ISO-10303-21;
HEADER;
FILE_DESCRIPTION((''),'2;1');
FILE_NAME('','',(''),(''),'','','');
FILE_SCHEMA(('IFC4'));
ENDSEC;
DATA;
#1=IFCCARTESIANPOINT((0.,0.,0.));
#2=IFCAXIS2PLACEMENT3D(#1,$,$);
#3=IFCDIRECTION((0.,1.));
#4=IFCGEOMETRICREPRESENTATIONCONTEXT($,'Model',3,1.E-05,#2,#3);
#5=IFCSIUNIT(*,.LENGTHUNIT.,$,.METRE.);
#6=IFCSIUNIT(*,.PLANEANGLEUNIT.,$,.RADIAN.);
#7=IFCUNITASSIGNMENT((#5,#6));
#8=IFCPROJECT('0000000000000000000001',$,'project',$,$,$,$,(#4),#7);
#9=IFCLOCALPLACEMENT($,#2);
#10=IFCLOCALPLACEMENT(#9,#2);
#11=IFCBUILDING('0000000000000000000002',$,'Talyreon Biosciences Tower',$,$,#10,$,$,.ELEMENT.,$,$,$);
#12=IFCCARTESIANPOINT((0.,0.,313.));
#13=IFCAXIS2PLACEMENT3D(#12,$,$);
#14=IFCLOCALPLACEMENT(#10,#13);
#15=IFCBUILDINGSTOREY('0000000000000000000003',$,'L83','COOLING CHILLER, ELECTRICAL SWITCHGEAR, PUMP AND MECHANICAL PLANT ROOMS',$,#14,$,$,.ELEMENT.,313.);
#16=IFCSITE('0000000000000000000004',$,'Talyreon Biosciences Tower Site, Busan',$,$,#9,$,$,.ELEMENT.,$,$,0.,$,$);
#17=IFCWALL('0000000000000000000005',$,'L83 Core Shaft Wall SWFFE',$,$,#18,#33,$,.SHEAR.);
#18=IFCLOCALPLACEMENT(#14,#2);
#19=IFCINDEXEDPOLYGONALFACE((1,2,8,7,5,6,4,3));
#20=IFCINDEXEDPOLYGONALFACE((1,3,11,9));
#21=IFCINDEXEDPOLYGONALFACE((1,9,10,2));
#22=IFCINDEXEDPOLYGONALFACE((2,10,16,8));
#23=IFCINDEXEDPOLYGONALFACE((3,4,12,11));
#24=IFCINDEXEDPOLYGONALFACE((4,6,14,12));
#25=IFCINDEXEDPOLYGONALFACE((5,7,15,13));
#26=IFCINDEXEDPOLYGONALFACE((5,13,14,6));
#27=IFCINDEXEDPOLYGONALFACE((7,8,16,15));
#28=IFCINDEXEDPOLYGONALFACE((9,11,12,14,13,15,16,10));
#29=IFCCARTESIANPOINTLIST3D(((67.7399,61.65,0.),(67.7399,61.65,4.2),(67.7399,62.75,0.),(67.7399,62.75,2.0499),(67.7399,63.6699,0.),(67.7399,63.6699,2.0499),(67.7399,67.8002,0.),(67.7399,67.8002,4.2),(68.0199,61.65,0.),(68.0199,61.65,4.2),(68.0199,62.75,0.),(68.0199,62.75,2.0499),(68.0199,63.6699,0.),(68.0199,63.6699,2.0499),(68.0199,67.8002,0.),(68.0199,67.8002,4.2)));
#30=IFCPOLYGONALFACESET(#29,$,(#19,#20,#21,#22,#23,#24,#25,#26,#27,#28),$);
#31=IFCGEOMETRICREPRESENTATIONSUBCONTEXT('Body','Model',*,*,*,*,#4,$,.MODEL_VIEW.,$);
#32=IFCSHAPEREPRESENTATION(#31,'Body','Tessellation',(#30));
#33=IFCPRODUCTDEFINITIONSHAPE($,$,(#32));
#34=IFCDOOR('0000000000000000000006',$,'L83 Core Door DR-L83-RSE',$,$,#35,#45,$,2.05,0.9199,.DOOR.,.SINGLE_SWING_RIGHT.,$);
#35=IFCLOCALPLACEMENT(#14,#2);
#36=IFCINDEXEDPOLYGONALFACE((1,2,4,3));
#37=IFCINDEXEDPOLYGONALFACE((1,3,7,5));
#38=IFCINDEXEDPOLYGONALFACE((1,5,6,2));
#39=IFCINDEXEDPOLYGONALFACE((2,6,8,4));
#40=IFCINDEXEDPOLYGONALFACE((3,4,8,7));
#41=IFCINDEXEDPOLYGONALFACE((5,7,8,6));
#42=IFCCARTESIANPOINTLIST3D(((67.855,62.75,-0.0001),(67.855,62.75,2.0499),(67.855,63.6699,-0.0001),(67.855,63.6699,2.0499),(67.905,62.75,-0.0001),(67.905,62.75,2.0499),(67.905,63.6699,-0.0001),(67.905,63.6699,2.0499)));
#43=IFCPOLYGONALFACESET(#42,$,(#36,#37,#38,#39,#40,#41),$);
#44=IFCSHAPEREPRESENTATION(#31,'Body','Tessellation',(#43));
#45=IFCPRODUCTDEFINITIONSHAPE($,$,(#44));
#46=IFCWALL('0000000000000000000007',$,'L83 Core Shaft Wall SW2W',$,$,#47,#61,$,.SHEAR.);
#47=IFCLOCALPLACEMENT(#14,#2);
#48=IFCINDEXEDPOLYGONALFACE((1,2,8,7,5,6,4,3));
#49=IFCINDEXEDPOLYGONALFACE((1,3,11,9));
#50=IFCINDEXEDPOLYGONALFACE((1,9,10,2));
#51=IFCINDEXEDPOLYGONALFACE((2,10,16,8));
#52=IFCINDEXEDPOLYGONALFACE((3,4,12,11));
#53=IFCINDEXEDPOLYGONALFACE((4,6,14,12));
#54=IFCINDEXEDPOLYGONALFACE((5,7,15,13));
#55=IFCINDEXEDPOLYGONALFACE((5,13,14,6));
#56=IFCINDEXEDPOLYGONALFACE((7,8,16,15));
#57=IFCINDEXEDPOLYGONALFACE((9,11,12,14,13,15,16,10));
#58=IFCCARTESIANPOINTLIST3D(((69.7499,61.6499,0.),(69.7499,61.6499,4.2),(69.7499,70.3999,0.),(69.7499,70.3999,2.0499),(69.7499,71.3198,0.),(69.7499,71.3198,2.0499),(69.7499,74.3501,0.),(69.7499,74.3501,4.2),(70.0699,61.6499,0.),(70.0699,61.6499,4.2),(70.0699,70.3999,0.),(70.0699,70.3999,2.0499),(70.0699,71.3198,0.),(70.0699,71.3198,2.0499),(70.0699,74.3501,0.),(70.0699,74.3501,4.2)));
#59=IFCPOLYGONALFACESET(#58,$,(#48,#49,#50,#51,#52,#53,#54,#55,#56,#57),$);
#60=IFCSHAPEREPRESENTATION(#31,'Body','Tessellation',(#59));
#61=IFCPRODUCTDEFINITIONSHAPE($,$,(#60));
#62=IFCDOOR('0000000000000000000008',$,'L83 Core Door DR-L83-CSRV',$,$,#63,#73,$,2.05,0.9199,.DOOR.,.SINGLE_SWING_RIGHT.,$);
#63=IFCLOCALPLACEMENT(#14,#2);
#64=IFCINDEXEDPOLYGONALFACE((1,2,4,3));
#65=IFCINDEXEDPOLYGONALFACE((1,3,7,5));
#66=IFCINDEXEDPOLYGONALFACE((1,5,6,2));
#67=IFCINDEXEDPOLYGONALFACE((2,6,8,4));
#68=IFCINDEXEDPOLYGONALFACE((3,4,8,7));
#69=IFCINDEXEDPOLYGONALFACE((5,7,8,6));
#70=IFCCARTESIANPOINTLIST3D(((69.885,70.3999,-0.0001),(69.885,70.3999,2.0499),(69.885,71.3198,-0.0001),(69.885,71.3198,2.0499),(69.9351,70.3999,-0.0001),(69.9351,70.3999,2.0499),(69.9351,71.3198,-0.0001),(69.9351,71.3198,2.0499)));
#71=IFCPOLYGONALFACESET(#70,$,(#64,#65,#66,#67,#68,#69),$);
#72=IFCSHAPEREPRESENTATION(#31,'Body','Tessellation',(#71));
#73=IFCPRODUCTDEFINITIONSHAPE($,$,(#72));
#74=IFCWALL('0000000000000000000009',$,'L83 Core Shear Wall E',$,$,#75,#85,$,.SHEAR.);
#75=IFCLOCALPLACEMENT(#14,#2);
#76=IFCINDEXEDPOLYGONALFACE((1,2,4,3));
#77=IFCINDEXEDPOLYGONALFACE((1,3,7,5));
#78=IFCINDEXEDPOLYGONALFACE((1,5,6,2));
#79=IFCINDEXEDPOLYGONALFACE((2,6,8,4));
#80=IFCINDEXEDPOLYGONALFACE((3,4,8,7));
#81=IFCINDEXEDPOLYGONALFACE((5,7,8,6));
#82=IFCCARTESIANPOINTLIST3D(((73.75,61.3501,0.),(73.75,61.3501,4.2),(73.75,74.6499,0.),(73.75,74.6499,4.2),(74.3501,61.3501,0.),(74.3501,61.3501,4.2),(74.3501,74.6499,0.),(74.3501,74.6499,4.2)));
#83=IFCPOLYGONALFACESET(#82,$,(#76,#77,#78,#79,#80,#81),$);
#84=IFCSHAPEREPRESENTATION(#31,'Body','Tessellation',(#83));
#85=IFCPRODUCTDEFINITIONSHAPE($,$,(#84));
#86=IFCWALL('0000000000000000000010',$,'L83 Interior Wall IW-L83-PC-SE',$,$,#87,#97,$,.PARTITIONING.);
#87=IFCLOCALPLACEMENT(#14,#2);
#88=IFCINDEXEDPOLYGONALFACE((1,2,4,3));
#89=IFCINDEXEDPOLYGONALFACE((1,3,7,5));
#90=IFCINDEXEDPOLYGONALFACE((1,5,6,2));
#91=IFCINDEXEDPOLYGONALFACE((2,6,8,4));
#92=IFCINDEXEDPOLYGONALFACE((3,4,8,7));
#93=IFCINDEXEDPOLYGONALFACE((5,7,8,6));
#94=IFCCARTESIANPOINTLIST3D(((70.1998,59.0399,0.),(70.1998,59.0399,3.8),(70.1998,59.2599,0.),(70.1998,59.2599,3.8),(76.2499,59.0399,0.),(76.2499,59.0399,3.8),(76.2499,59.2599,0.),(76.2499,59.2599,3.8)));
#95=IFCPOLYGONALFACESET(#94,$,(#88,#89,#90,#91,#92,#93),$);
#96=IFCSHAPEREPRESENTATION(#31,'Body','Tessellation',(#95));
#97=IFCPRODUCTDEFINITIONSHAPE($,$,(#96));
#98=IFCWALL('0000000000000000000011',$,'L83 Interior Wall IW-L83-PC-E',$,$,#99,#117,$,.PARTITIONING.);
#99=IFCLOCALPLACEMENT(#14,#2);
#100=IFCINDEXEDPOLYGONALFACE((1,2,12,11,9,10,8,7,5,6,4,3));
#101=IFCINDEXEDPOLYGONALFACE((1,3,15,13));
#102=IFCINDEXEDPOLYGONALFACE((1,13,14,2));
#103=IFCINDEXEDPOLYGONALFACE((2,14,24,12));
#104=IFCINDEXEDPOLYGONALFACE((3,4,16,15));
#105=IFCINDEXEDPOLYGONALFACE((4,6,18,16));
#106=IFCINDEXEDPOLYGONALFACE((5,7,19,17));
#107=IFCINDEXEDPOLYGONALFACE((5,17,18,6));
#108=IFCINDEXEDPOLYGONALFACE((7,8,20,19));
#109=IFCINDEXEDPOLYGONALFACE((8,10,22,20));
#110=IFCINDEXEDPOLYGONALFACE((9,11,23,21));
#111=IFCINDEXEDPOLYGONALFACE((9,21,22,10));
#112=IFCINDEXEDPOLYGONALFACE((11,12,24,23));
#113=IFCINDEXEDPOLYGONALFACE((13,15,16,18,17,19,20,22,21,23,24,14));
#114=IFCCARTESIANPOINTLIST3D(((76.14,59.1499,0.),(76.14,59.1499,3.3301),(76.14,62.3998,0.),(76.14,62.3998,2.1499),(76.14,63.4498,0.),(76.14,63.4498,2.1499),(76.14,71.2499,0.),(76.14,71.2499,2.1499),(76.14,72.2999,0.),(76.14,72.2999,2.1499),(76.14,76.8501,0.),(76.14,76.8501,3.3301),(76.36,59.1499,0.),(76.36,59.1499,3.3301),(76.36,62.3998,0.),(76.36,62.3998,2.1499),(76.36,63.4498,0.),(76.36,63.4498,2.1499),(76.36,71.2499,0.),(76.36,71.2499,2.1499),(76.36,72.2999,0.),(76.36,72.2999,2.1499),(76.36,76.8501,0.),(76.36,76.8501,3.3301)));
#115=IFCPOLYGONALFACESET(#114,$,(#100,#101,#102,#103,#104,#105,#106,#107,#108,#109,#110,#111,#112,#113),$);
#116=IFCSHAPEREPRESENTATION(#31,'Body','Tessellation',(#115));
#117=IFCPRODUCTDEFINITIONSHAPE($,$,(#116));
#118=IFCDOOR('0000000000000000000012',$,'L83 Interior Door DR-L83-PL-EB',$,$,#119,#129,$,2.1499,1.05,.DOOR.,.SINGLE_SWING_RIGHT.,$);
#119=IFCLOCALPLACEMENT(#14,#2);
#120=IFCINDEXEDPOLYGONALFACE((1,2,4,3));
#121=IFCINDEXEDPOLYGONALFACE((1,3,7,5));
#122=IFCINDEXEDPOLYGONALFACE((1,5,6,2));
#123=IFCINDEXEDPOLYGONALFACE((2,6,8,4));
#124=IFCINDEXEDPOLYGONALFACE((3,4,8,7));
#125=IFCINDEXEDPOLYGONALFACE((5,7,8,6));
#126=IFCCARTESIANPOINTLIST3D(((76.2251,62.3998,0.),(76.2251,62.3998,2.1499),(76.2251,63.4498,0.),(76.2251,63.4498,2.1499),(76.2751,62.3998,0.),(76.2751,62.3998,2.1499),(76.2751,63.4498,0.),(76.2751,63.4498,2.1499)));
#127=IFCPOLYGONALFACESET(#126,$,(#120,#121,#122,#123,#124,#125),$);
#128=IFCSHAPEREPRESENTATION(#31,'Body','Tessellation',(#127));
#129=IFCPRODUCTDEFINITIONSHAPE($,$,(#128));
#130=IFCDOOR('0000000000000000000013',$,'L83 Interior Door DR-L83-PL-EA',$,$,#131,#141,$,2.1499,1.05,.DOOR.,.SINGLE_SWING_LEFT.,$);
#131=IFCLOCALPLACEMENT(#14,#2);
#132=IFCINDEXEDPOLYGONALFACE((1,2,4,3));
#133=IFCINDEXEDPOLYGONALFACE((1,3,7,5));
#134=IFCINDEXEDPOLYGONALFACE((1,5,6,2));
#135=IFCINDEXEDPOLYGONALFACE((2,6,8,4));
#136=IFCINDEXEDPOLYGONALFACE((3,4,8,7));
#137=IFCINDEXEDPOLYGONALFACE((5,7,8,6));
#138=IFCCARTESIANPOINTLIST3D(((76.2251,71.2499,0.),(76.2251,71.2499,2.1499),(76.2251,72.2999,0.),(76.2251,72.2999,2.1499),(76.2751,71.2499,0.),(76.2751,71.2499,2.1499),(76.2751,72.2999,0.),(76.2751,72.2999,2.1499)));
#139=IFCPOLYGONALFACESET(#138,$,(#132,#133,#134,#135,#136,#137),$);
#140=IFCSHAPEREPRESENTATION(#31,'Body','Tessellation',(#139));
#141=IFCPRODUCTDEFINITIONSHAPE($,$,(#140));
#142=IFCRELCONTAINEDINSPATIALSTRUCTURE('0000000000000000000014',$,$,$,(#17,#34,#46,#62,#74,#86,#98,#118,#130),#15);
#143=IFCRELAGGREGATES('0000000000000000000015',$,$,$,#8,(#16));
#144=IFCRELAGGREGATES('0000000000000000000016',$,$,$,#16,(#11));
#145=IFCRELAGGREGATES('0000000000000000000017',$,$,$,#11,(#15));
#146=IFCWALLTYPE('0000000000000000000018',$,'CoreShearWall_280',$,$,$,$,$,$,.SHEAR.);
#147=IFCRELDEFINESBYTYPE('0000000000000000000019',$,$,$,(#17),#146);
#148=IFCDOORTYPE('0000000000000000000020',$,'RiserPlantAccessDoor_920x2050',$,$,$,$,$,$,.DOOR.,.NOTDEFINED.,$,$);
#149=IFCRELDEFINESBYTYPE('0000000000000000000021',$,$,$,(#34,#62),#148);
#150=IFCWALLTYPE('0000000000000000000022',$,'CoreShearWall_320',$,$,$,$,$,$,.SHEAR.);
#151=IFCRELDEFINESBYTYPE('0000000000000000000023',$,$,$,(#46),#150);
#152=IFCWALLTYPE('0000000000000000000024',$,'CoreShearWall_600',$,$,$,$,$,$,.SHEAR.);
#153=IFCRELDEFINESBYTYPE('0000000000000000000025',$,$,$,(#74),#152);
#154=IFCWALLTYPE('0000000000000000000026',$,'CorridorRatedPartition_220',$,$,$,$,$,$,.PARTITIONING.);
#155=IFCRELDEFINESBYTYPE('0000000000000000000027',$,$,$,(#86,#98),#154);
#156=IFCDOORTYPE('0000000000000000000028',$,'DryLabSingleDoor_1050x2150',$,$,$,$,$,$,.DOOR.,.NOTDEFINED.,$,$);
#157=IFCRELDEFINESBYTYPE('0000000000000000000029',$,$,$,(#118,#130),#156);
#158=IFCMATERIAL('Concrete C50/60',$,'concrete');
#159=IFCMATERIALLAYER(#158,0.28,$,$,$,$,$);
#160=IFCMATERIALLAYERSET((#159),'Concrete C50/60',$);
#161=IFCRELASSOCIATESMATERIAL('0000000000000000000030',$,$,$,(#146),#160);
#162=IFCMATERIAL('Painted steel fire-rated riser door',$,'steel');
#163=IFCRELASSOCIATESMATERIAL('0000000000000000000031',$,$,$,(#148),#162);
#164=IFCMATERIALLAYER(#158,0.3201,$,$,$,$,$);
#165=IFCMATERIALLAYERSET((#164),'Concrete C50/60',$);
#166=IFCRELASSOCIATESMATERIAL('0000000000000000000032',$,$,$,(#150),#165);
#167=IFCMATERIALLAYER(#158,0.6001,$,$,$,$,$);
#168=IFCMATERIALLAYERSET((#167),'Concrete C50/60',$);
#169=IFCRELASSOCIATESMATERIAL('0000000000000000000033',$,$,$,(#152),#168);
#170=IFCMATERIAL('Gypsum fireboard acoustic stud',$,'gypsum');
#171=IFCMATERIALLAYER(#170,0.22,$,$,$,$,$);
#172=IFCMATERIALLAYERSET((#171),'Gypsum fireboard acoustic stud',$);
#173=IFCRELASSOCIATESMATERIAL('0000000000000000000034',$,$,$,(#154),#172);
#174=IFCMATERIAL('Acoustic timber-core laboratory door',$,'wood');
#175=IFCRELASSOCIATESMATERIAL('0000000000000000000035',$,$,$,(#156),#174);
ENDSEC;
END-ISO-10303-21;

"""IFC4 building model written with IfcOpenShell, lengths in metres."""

from ifc_helpers import new_model, si_unit, direction, frame, frame_2d, origin, place, context, subcontext, project, spatial, rectangle, extrude, material, layer, layer_set, type_object, element, fill, save


model = new_model("IFC4")

# Units and contexts
model_context = context("Model", 3, precision=1e-05, world=origin(), true_north=direction((0.0, 1.0)))
body_context = subcontext(model_context, "Body", "Model", "MODEL_VIEW")
ifc_project = project(units=[si_unit("LENGTHUNIT", "METRE"), si_unit("PLANEANGLEUNIT", "RADIAN")], contexts=[model_context])

# Site, building, storey
site_placement = place(None, origin())
site = spatial("IfcSite", under=ifc_project, at=site_placement, Name="Talyreon Biosciences Tower Site, Busan", CompositionType="ELEMENT", RefElevation=0.0)
building_placement = place(site_placement, origin())
building = spatial("IfcBuilding", under=site, at=building_placement, Name="Talyreon Biosciences Tower", CompositionType="ELEMENT")
storey_placement = place(building_placement, frame((0.0, 0.0, 313.0)))
storey = spatial("IfcBuildingStorey", under=building, at=storey_placement, Name="L83", Description="COOLING CHILLER, ELECTRICAL SWITCHGEAR, PUMP AND MECHANICAL PLANT ROOMS", CompositionType="ELEMENT", Elevation=313.0)

# Shared definitions
ifc_material_1 = material(Name="Concrete C50/60", Category="concrete")

# Shared definitions
ifc_layer_1 = layer(ifc_material_1, 0.28)
ifc_layer_set_1 = layer_set([ifc_layer_1], Name="Concrete C50/60")
wall_type_1 = type_object("IfcWallType", Name="CoreShearWall_280", PredefinedType="SHEAR", material=ifc_layer_set_1)

# Walls, openings, doors
wall_1_placement = place(storey_placement, frame((67.8799, 61.6499, 0.0), z_axis=(0.0, 0.0, 1.0), x_axis=(0.0, 1.0, 0.0)))
wall_1 = element("IfcWall", 1, at=wall_1_placement, inside=storey, type_object=wall_type_1, Name="L83 Core Shaft Wall SWFFE", PredefinedType="SHEAR", context=body_context, shape_type="SweptSolid", body=[
    extrude(rectangle(XDim=6.1501, YDim=0.28, at=frame_2d((3.0752, 0.0))), origin(), (0.0, 0.0, 1.0), 4.2),
])
opening_1_placement = place(wall_1_placement, frame((1.1001, 0.0, 0.0)))
opening_1 = element("IfcOpeningElement", 2, at=opening_1_placement, cuts=wall_1, PredefinedType="OPENING", context=body_context, shape_type="SweptSolid", body=[
    extrude(rectangle(XDim=0.9199, YDim=2.05, at=frame_2d((0.46, 1.0249))), frame((0.0, 0.1499, 0.0), z_axis=(0.0, -1.0, 0.0), x_axis=(1.0, 0.0, 0.0)), (0.0, 0.0, 1.0), 0.3),
])
ifc_material_2 = material(Name="Painted steel fire-rated riser door", Category="steel")
door_type_1 = type_object("IfcDoorType", Name="RiserPlantAccessDoor_920x2050", OperationType="NOTDEFINED", PredefinedType="DOOR", material=ifc_material_2)
door_1_placement = place(opening_1_placement, origin())
door_1 = element("IfcDoor", 3, at=door_1_placement, inside=storey, type_object=door_type_1, Name="L83 Core Door DR-L83-RSE", OperationType="SINGLE_SWING_RIGHT", OverallHeight=2.05, OverallWidth=0.9199, PredefinedType="DOOR", context=body_context, shape_type="SweptSolid", body=[
    extrude(rectangle(XDim=0.9199, YDim=2.05, at=frame_2d((0.46, 1.0249))), frame((0.0, 0.0249, 0.0), z_axis=(0.0, -1.0, 0.0), x_axis=(1.0, 0.0, 0.0)), (0.0, 0.0, 1.0), 0.05),
])
fill(opening_1, door_1)
ifc_layer_2 = layer(ifc_material_1, 0.3201)
ifc_layer_set_2 = layer_set([ifc_layer_2], Name="Concrete C50/60")
wall_type_2 = type_object("IfcWallType", Name="CoreShearWall_320", PredefinedType="SHEAR", material=ifc_layer_set_2)
wall_2_placement = place(storey_placement, frame((69.9099, 61.6499, 0.0), z_axis=(0.0, 0.0, 1.0), x_axis=(0.0, 1.0, 0.0)))
wall_2 = element("IfcWall", 4, at=wall_2_placement, inside=storey, type_object=wall_type_2, Name="L83 Core Shaft Wall SW2W", PredefinedType="SHEAR", context=body_context, shape_type="SweptSolid", body=[
    extrude(rectangle(XDim=12.7002, YDim=0.3201, at=frame_2d((6.3501, 0.0))), origin(), (0.0, 0.0, 1.0), 4.2),
])
opening_2_placement = place(wall_2_placement, frame((8.75, 0.0, 0.0)))
opening_2 = element("IfcOpeningElement", 5, at=opening_2_placement, cuts=wall_2, PredefinedType="OPENING", context=body_context, shape_type="SweptSolid", body=[
    extrude(rectangle(XDim=0.9199, YDim=2.05, at=frame_2d((0.46, 1.0249))), frame((0.0, 0.1699, 0.0), z_axis=(0.0, -1.0, 0.0), x_axis=(1.0, 0.0, 0.0)), (0.0, 0.0, 1.0), 0.3401),
])
door_2_placement = place(opening_2_placement, origin())
door_2 = element("IfcDoor", 6, at=door_2_placement, inside=storey, type_object=door_type_1, Name="L83 Core Door DR-L83-CSRV", OperationType="SINGLE_SWING_RIGHT", OverallHeight=2.05, OverallWidth=0.9199, PredefinedType="DOOR", context=body_context, shape_type="SweptSolid", body=[
    extrude(rectangle(XDim=0.9199, YDim=2.05, at=frame_2d((0.46, 1.0249))), frame((0.0, 0.0249, 0.0), z_axis=(0.0, -1.0, 0.0), x_axis=(1.0, 0.0, 0.0)), (0.0, 0.0, 1.0), 0.05),
])
fill(opening_2, door_2)

# Walls
ifc_layer_3 = layer(ifc_material_1, 0.6001)
ifc_layer_set_3 = layer_set([ifc_layer_3], Name="Concrete C50/60")
wall_type_3 = type_object("IfcWallType", Name="CoreShearWall_600", PredefinedType="SHEAR", material=ifc_layer_set_3)
wall_3_placement = place(storey_placement, frame((74.05, 61.3501, 0.0), z_axis=(0.0, 0.0, 1.0), x_axis=(0.0, 1.0, 0.0)))
element("IfcWall", 7, at=wall_3_placement, inside=storey, type_object=wall_type_3, Name="L83 Core Shear Wall E", PredefinedType="SHEAR", context=body_context, shape_type="SweptSolid", body=[
    extrude(rectangle(XDim=13.2998, YDim=0.6001, at=frame_2d((6.6499, 0.0))), origin(), (0.0, 0.0, 1.0), 4.2),
])
ifc_material_3 = material(Name="Gypsum fireboard acoustic stud", Category="gypsum")
ifc_layer_4 = layer(ifc_material_3, 0.22)
ifc_layer_set_4 = layer_set([ifc_layer_4], Name="Gypsum fireboard acoustic stud")
wall_type_4 = type_object("IfcWallType", Name="CorridorRatedPartition_220", PredefinedType="PARTITIONING", material=ifc_layer_set_4)
wall_4_placement = place(storey_placement, frame((70.2, 59.1499, 0.0), z_axis=(0.0, 0.0, 1.0), x_axis=(1.0, 0.0, 0.0)))
element("IfcWall", 8, at=wall_4_placement, inside=storey, type_object=wall_type_4, Name="L83 Interior Wall IW-L83-PC-SE", PredefinedType="PARTITIONING", context=body_context, shape_type="SweptSolid", body=[
    extrude(rectangle(XDim=6.05, YDim=0.22, at=frame_2d((3.0249, 0.0))), origin(), (0.0, 0.0, 1.0), 3.8),
])

# Wall, openings, doors
wall_5_placement = place(storey_placement, frame((76.25, 59.1499, 0.0), z_axis=(0.0, 0.0, 1.0), x_axis=(0.0, 1.0, 0.0)))
wall_5 = element("IfcWall", 9, at=wall_5_placement, inside=storey, type_object=wall_type_4, Name="L83 Interior Wall IW-L83-PC-E", PredefinedType="PARTITIONING", context=body_context, shape_type="SweptSolid", body=[
    extrude(rectangle(XDim=17.7002, YDim=0.22, at=frame_2d((8.8501, 0.0))), origin(), (0.0, 0.0, 1.0), 3.3301),
])
opening_3_placement = place(wall_5_placement, frame((3.25, 0.0, 0.0)))
opening_3 = element("IfcOpeningElement", 10, at=opening_3_placement, cuts=wall_5, PredefinedType="OPENING", context=body_context, shape_type="SweptSolid", body=[
    extrude(rectangle(XDim=1.05, YDim=2.1499, at=frame_2d((0.5249, 1.075))), frame((0.0, 0.1199, 0.0), z_axis=(0.0, -1.0, 0.0), x_axis=(1.0, 0.0, 0.0)), (0.0, 0.0, 1.0), 0.24),
])
opening_4_placement = place(wall_5_placement, frame((12.1001, 0.0, 0.0)))
opening_4 = element("IfcOpeningElement", 11, at=opening_4_placement, cuts=wall_5, PredefinedType="OPENING", context=body_context, shape_type="SweptSolid", body=[
    extrude(rectangle(XDim=1.05, YDim=2.1499, at=frame_2d((0.5249, 1.075))), frame((0.0, 0.1199, 0.0), z_axis=(0.0, -1.0, 0.0), x_axis=(1.0, 0.0, 0.0)), (0.0, 0.0, 1.0), 0.24),
])
ifc_material_4 = material(Name="Acoustic timber-core laboratory door", Category="wood")
door_type_2 = type_object("IfcDoorType", Name="DryLabSingleDoor_1050x2150", OperationType="NOTDEFINED", PredefinedType="DOOR", material=ifc_material_4)
door_3_placement = place(opening_3_placement, origin())
door_3 = element("IfcDoor", 12, at=door_3_placement, inside=storey, type_object=door_type_2, Name="L83 Interior Door DR-L83-PL-EB", OperationType="SINGLE_SWING_RIGHT", OverallHeight=2.1499, OverallWidth=1.05, PredefinedType="DOOR", context=body_context, shape_type="SweptSolid", body=[
    extrude(rectangle(XDim=1.05, YDim=2.1499, at=frame_2d((0.5249, 1.075))), frame((0.0, 0.0249, 0.0), z_axis=(0.0, -1.0, 0.0), x_axis=(1.0, 0.0, 0.0)), (0.0, 0.0, 1.0), 0.05),
])
fill(opening_3, door_3)
door_4_placement = place(opening_4_placement, origin())
door_4 = element("IfcDoor", 13, at=door_4_placement, inside=storey, type_object=door_type_2, Name="L83 Interior Door DR-L83-PL-EA", OperationType="SINGLE_SWING_LEFT", OverallHeight=2.1499, OverallWidth=1.05, PredefinedType="DOOR", context=body_context, shape_type="SweptSolid", body=[
    extrude(rectangle(XDim=1.05, YDim=2.1499, at=frame_2d((0.5249, 1.075))), frame((0.0, 0.0249, 0.0), z_axis=(0.0, -1.0, 0.0), x_axis=(1.0, 0.0, 0.0)), (0.0, 0.0, 1.0), 0.05),
])
fill(opening_4, door_4)

save(model, "model.ifc")
